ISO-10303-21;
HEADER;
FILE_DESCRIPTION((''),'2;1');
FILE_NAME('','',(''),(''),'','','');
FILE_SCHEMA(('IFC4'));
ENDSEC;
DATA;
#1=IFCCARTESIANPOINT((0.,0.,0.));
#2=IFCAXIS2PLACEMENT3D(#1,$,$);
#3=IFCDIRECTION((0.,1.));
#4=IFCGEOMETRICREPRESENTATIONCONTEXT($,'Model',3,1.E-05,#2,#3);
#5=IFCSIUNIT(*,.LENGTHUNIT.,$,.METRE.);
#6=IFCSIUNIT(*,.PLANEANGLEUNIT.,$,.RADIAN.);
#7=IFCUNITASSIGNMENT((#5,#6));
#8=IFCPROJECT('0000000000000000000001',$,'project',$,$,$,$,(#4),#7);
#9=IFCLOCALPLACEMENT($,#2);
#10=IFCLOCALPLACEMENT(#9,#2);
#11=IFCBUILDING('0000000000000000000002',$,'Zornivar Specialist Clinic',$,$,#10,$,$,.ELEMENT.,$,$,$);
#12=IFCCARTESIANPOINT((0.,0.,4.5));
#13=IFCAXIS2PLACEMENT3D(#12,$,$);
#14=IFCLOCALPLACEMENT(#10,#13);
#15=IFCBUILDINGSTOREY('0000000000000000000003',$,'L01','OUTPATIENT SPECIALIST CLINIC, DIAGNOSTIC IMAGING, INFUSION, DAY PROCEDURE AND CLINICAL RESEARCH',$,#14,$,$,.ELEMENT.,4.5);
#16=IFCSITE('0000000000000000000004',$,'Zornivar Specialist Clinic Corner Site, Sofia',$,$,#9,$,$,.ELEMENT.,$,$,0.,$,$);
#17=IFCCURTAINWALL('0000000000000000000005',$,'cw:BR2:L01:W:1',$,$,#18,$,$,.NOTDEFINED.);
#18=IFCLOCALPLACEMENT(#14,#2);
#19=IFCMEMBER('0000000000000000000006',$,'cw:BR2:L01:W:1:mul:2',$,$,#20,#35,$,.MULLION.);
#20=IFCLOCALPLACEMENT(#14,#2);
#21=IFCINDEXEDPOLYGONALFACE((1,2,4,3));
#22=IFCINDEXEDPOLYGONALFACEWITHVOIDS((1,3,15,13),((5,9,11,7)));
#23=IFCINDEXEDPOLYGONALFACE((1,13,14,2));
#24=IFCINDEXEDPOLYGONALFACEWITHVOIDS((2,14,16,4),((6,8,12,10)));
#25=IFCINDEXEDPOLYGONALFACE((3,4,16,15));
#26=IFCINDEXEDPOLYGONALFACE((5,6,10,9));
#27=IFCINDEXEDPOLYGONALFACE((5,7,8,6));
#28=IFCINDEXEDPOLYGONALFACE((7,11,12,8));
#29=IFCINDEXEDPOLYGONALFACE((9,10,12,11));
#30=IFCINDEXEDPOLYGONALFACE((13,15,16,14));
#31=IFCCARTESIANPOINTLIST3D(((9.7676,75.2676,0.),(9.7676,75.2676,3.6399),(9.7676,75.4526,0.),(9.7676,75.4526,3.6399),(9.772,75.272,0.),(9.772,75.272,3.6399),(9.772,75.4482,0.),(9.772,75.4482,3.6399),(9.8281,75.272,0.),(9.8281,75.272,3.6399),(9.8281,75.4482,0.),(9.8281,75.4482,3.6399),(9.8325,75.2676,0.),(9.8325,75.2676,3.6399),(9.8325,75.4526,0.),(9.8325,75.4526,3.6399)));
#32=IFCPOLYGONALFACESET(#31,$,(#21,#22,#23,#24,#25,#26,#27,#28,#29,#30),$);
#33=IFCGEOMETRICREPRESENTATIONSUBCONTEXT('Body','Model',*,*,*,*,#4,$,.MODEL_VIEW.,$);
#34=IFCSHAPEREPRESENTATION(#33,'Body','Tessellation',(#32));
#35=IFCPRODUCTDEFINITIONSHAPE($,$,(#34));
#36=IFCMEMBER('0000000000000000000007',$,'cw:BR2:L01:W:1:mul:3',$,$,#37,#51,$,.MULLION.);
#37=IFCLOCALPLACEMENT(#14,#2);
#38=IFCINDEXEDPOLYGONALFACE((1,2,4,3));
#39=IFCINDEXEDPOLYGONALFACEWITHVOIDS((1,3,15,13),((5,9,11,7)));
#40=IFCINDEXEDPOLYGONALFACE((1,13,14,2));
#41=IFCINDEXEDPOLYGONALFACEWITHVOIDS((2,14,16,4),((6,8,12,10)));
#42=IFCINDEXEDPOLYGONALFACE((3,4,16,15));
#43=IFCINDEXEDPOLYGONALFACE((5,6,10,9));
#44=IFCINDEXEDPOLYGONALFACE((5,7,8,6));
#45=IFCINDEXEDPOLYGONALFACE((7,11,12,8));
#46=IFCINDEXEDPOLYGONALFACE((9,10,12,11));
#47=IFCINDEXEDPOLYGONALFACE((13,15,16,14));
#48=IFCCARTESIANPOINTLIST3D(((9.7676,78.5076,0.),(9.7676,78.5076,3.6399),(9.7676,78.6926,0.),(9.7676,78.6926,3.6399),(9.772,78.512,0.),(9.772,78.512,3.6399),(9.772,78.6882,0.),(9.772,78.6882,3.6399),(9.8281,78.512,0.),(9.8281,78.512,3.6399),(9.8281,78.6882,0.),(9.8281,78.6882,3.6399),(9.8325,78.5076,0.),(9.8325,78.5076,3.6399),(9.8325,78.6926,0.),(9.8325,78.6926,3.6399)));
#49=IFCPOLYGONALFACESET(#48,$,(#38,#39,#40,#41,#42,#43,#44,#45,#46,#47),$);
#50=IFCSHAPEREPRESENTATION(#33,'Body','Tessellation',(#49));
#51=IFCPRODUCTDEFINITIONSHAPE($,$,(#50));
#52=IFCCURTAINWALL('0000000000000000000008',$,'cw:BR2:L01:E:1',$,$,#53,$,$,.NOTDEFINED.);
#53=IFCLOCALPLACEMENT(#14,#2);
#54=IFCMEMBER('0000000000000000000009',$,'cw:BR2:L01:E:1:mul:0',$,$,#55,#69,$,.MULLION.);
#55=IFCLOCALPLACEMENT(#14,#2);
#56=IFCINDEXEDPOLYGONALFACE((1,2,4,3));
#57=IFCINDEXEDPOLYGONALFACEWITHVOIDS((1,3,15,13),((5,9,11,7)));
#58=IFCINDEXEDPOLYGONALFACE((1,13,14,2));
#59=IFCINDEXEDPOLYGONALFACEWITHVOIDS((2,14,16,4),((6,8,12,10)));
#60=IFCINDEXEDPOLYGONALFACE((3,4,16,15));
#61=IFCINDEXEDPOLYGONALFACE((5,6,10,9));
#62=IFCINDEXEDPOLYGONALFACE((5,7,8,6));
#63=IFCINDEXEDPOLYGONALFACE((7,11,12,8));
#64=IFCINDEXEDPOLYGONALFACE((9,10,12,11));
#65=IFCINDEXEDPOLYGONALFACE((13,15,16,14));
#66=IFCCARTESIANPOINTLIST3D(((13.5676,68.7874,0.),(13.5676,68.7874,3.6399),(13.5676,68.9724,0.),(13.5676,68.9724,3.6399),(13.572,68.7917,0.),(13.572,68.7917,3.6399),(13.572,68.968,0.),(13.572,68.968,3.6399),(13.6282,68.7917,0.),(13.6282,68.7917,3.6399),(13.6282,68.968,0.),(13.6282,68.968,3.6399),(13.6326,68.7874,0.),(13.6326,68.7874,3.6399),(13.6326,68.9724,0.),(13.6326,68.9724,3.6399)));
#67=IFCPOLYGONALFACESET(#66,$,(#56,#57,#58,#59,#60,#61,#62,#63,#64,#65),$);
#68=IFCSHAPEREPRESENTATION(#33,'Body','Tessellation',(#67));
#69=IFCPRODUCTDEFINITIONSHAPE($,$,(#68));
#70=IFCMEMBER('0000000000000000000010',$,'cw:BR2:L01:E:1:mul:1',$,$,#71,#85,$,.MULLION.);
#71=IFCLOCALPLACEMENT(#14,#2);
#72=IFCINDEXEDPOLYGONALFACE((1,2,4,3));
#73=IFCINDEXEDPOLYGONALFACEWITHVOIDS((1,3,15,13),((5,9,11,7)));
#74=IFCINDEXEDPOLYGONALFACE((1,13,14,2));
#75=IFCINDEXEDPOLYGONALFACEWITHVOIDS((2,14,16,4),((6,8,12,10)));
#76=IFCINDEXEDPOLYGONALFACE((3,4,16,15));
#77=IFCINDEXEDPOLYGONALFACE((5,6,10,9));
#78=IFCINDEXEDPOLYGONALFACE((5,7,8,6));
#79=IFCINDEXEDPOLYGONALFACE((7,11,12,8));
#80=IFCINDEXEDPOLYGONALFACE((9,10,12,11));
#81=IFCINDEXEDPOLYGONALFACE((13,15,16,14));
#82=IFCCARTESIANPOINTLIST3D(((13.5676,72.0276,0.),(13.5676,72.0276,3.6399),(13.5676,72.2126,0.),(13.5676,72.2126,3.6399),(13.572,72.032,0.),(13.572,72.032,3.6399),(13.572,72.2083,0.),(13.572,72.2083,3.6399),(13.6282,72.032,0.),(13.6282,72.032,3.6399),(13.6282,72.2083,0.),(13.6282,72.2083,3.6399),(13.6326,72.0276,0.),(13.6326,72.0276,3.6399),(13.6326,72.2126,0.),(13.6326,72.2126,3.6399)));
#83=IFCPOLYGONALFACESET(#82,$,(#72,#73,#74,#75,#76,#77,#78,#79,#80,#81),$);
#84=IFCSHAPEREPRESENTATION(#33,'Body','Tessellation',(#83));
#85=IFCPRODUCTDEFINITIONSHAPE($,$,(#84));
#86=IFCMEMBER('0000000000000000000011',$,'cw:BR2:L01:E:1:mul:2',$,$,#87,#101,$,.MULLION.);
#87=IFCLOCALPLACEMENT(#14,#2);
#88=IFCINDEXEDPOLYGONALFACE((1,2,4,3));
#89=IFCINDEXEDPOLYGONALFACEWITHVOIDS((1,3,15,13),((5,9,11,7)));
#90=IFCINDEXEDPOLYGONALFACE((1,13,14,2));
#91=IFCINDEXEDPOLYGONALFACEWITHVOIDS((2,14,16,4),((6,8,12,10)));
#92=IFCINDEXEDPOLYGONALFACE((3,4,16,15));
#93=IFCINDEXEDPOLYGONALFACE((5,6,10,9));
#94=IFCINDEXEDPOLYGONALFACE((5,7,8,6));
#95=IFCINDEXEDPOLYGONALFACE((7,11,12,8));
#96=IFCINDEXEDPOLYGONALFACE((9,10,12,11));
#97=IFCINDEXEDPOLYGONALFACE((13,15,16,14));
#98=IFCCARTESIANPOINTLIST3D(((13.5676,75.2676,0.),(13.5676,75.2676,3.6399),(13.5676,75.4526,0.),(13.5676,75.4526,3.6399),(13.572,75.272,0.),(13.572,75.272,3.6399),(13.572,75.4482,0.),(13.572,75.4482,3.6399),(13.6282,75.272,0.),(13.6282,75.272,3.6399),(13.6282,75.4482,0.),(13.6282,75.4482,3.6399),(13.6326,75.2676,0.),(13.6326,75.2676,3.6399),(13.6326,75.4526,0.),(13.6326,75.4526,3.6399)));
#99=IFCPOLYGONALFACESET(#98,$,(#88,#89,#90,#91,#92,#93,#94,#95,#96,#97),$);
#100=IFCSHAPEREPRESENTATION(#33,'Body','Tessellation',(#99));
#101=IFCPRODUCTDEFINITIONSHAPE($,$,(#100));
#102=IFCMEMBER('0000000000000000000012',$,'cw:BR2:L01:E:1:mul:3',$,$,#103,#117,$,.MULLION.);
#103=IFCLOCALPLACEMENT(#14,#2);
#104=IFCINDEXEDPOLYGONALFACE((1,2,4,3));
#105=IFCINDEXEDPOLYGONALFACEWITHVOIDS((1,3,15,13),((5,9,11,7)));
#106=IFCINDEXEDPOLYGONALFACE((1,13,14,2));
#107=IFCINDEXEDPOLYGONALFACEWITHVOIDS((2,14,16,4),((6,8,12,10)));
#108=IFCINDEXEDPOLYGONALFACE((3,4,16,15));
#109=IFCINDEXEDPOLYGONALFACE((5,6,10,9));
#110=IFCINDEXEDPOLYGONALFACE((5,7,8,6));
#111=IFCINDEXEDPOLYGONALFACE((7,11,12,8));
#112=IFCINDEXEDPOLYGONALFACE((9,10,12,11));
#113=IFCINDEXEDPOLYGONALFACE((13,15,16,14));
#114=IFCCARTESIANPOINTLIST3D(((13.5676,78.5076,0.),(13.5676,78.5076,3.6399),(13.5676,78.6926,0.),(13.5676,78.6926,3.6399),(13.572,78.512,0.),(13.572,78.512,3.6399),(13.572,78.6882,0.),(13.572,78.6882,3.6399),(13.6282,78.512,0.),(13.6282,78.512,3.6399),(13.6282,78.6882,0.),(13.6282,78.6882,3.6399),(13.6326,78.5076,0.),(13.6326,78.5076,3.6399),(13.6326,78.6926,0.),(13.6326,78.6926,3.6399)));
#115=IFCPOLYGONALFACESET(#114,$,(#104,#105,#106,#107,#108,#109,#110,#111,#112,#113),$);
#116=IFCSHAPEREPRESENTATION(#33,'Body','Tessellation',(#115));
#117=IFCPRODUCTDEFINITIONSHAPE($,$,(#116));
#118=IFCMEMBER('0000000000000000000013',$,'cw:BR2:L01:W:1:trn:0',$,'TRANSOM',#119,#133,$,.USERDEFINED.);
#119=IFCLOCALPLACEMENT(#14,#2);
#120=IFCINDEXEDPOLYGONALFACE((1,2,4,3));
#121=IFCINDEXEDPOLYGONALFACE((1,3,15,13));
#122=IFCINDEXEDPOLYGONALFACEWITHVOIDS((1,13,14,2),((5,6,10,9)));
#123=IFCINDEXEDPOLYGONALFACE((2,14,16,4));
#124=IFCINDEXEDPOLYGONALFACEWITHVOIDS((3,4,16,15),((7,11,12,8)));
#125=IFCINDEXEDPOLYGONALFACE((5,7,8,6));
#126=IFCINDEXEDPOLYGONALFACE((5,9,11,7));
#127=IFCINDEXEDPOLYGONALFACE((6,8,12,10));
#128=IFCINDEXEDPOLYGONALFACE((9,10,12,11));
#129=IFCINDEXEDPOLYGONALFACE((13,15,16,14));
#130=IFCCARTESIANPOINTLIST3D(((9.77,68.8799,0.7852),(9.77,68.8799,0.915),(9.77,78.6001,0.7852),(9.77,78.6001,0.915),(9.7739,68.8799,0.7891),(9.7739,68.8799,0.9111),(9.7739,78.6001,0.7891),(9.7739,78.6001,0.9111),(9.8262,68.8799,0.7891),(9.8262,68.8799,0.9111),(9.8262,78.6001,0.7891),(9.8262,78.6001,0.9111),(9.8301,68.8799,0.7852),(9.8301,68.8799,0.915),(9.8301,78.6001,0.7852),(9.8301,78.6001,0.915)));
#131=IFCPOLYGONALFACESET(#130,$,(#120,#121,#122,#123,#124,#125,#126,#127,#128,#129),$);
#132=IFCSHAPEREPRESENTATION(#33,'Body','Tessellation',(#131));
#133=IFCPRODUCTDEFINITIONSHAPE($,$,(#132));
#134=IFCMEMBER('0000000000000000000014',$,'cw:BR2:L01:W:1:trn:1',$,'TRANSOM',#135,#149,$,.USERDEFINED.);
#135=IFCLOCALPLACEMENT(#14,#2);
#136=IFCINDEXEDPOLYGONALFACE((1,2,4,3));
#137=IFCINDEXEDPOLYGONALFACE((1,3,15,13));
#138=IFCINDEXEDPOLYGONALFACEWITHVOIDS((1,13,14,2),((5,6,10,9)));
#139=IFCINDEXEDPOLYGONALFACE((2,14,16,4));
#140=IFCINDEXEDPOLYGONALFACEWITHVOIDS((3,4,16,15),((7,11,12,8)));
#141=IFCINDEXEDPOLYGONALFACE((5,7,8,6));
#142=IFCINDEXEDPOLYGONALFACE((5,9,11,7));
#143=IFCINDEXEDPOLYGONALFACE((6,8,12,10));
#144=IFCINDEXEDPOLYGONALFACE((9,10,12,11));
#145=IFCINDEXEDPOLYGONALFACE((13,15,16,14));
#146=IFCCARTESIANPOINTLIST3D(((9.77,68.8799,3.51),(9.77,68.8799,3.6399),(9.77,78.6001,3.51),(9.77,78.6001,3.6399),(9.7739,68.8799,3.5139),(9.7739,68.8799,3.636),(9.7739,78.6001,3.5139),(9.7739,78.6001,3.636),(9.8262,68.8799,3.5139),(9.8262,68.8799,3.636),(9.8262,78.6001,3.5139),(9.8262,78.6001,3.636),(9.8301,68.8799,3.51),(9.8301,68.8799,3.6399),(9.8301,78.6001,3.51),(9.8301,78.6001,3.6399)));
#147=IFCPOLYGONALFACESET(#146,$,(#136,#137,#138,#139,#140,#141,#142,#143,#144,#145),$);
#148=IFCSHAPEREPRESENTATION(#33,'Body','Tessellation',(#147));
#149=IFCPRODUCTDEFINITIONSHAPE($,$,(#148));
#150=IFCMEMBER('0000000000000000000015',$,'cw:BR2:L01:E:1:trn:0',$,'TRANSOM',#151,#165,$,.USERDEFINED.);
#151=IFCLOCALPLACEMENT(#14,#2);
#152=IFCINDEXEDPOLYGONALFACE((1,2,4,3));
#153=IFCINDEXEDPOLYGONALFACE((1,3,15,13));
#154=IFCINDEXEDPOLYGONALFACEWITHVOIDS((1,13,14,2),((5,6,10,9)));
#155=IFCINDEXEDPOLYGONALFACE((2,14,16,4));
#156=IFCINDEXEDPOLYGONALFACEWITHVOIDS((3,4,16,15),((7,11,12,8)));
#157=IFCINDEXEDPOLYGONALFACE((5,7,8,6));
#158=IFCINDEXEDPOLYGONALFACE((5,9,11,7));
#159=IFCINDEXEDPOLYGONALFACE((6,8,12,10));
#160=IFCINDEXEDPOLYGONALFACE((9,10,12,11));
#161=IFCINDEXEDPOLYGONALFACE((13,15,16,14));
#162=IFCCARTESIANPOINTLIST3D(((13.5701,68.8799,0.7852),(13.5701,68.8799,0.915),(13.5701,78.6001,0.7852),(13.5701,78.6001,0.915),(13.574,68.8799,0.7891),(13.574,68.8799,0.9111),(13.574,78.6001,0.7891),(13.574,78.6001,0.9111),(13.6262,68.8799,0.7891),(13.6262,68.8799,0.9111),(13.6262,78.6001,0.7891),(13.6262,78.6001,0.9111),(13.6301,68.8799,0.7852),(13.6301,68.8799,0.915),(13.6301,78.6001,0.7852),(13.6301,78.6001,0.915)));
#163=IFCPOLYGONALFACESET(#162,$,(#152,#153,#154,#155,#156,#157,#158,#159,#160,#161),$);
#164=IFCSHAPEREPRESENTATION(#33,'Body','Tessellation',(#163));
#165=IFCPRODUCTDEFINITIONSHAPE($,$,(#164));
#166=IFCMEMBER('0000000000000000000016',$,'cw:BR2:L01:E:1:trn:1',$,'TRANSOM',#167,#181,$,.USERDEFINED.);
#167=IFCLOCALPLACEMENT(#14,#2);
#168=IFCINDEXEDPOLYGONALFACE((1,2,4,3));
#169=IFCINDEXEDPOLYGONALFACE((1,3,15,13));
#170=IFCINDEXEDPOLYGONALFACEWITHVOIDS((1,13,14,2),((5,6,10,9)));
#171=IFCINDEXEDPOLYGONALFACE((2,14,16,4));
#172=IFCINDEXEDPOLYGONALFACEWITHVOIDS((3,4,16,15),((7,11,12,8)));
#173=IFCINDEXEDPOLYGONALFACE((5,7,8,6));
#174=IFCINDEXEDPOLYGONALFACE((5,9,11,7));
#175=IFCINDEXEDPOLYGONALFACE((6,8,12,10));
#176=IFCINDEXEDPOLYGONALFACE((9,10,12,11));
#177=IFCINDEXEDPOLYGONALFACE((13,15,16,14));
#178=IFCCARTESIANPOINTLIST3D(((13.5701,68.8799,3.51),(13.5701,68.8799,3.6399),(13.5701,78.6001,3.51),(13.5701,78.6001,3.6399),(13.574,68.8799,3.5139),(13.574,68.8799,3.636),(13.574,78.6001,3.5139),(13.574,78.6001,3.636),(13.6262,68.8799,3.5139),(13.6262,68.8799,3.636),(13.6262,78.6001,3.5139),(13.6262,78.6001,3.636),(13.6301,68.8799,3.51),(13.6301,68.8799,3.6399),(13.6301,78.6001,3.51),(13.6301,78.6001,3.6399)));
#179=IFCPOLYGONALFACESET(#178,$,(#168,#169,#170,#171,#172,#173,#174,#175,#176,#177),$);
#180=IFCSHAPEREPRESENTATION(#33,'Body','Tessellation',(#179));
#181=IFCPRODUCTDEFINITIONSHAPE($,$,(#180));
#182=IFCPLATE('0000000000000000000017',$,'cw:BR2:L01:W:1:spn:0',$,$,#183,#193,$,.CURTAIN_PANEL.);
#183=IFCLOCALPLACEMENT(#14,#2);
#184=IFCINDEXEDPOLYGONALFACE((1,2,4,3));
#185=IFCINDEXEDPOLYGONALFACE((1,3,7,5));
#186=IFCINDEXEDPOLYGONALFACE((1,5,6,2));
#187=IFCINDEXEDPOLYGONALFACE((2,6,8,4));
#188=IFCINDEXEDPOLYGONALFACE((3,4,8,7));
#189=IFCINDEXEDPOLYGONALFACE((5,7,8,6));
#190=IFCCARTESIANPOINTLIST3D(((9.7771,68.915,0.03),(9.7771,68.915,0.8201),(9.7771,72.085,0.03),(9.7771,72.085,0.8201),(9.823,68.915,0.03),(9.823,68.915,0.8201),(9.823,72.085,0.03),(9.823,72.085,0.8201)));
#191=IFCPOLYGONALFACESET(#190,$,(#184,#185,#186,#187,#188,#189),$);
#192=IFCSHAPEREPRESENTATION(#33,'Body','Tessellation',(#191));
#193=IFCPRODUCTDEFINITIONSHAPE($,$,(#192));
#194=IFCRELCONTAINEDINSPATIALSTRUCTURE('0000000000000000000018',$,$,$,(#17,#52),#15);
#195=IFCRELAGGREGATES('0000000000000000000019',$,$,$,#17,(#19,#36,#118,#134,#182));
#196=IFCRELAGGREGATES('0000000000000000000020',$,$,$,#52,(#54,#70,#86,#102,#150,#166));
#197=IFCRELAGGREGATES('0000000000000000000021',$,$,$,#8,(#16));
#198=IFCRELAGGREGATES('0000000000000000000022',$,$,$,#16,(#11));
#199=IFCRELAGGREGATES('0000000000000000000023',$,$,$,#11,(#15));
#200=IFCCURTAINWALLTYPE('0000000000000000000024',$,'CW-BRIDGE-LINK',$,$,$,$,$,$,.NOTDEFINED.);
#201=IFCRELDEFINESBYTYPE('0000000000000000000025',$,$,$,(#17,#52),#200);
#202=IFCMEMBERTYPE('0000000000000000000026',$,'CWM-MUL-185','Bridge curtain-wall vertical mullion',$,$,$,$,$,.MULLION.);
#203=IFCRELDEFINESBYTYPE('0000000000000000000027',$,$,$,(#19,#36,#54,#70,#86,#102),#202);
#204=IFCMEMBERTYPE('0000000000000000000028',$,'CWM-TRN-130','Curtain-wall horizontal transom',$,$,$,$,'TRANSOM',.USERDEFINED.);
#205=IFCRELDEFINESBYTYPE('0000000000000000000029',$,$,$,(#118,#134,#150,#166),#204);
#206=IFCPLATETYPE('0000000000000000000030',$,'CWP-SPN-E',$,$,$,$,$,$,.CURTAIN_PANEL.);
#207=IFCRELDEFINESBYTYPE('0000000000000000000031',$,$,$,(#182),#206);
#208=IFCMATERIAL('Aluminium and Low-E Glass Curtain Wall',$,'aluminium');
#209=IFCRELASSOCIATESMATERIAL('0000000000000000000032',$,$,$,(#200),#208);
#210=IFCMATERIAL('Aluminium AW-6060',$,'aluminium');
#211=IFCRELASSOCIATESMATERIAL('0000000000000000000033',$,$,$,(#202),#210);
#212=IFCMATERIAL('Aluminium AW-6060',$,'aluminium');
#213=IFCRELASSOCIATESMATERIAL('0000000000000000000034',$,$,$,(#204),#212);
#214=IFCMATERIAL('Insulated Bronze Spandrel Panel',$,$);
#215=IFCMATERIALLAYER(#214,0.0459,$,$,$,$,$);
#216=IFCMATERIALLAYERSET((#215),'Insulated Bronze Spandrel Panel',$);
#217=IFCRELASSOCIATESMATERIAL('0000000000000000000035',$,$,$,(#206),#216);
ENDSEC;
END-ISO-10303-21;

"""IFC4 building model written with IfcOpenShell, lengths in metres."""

from ifc_helpers import new_model, si_unit, direction, frame, origin, origin_2d, place, context, subcontext, project, spatial, rectangle, hollow_rectangle, extrude, material, layer, layer_set, material_profile, profile_set, type_object, element, aggregate, save


model = new_model("IFC4")

# Units and contexts
model_context = context("Model", 3, precision=1e-05, world=origin(), true_north=direction((0.0, 1.0)))
body_context = subcontext(model_context, "Body", "Model", "MODEL_VIEW")
ifc_project = project(units=[si_unit("LENGTHUNIT", "METRE"), si_unit("PLANEANGLEUNIT", "RADIAN")], contexts=[model_context])

# Site, building, storey
site_placement = place(None, origin())
site = spatial("IfcSite", under=ifc_project, at=site_placement, Name="Zornivar Specialist Clinic Corner Site, Sofia", CompositionType="ELEMENT", RefElevation=0.0)
building_placement = place(site_placement, origin())
building = spatial("IfcBuilding", under=site, at=building_placement, Name="Zornivar Specialist Clinic", CompositionType="ELEMENT")
storey_placement = place(building_placement, frame((0.0, 0.0, 4.5)))
storey = spatial("IfcBuildingStorey", under=building, at=storey_placement, Name="L01", Description="OUTPATIENT SPECIALIST CLINIC, DIAGNOSTIC IMAGING, INFUSION, DAY PROCEDURE AND CLINICAL RESEARCH", CompositionType="ELEMENT", Elevation=4.5)

# Curtain walls, members
ifc_material_1 = material(Name="Aluminium and Low-E Glass Curtain Wall", Category="aluminium")
curtain_wall_type = type_object("IfcCurtainWallType", Name="CW-BRIDGE-LINK", PredefinedType="NOTDEFINED", material=ifc_material_1)
curtain_wall_1_placement = place(storey_placement, origin())
curtain_wall_1 = element("IfcCurtainWall", 1, at=curtain_wall_1_placement, inside=storey, type_object=curtain_wall_type, Name="cw:BR2:L01:W:1", PredefinedType="NOTDEFINED")
ifc_material_2 = material(Name="Aluminium AW-6060", Category="aluminium")
ifc_material_profile_1 = material_profile(ifc_material_2, hollow_rectangle(XDim=0.0649, YDim=0.1851, WallThickness=0.0044, at=origin_2d()), Name="ALU 65x185x4.5")
ifc_profile_set_1 = profile_set([ifc_material_profile_1], Name="Aluminium AW-6060")
member_type_1 = type_object("IfcMemberType", Name="CWM-MUL-185", Description="Bridge curtain-wall vertical mullion", PredefinedType="MULLION", material=ifc_profile_set_1)
member_1_placement = place(storey_placement, frame((9.8, 75.3601, 0.0), z_axis=(0.0, 0.0, 1.0), x_axis=(1.0, 0.0, 0.0)))
member_1 = element("IfcMember", 2, at=member_1_placement, type_object=member_type_1, Name="cw:BR2:L01:W:1:mul:2", PredefinedType="MULLION", context=body_context, shape_type="SweptSolid", body=[
    extrude(hollow_rectangle(XDim=0.0649, YDim=0.1851, WallThickness=0.0044, at=origin_2d()), origin(), (0.0, 0.0, 1.0), 3.6399),
])
member_2_placement = place(storey_placement, frame((9.8, 78.6001, 0.0), z_axis=(0.0, 0.0, 1.0), x_axis=(1.0, 0.0, 0.0)))
member_2 = element("IfcMember", 3, at=member_2_placement, type_object=member_type_1, Name="cw:BR2:L01:W:1:mul:3", PredefinedType="MULLION", context=body_context, shape_type="SweptSolid", body=[
    extrude(hollow_rectangle(XDim=0.0649, YDim=0.1851, WallThickness=0.0044, at=origin_2d()), origin(), (0.0, 0.0, 1.0), 3.6399),
])
curtain_wall_2_placement = place(storey_placement, origin())
curtain_wall_2 = element("IfcCurtainWall", 4, at=curtain_wall_2_placement, inside=storey, type_object=curtain_wall_type, Name="cw:BR2:L01:E:1", PredefinedType="NOTDEFINED")
member_3_placement = place(storey_placement, frame((13.6001, 68.8799, 0.0), z_axis=(0.0, 0.0, 1.0), x_axis=(1.0, 0.0, 0.0)))
member_3 = element("IfcMember", 5, at=member_3_placement, type_object=member_type_1, Name="cw:BR2:L01:E:1:mul:0", PredefinedType="MULLION", context=body_context, shape_type="SweptSolid", body=[
    extrude(hollow_rectangle(XDim=0.0649, YDim=0.1851, WallThickness=0.0044, at=origin_2d()), origin(), (0.0, 0.0, 1.0), 3.6399),
])
member_4_placement = place(storey_placement, frame((13.6001, 72.1201, 0.0), z_axis=(0.0, 0.0, 1.0), x_axis=(1.0, 0.0, 0.0)))
member_4 = element("IfcMember", 6, at=member_4_placement, type_object=member_type_1, Name="cw:BR2:L01:E:1:mul:1", PredefinedType="MULLION", context=body_context, shape_type="SweptSolid", body=[
    extrude(hollow_rectangle(XDim=0.0649, YDim=0.1851, WallThickness=0.0044, at=origin_2d()), origin(), (0.0, 0.0, 1.0), 3.6399),
])
member_5_placement = place(storey_placement, frame((13.6001, 75.3601, 0.0), z_axis=(0.0, 0.0, 1.0), x_axis=(1.0, 0.0, 0.0)))
member_5 = element("IfcMember", 7, at=member_5_placement, type_object=member_type_1, Name="cw:BR2:L01:E:1:mul:2", PredefinedType="MULLION", context=body_context, shape_type="SweptSolid", body=[
    extrude(hollow_rectangle(XDim=0.0649, YDim=0.1851, WallThickness=0.0044, at=origin_2d()), origin(), (0.0, 0.0, 1.0), 3.6399),
])
member_6_placement = place(storey_placement, frame((13.6001, 78.6001, 0.0), z_axis=(0.0, 0.0, 1.0), x_axis=(1.0, 0.0, 0.0)))
member_6 = element("IfcMember", 8, at=member_6_placement, type_object=member_type_1, Name="cw:BR2:L01:E:1:mul:3", PredefinedType="MULLION", context=body_context, shape_type="SweptSolid", body=[
    extrude(hollow_rectangle(XDim=0.0649, YDim=0.1851, WallThickness=0.0044, at=origin_2d()), origin(), (0.0, 0.0, 1.0), 3.6399),
])

# Members
ifc_material_3 = material(Name="Aluminium AW-6060", Category="aluminium")
ifc_material_profile_2 = material_profile(ifc_material_3, hollow_rectangle(XDim=0.0601, YDim=0.1299, WallThickness=0.0039, at=origin_2d()), Name="ALU 60x130x4")
ifc_profile_set_2 = profile_set([ifc_material_profile_2], Name="Aluminium AW-6060")
member_type_2 = type_object("IfcMemberType", Name="CWM-TRN-130", Description="Curtain-wall horizontal transom", ElementType="TRANSOM", PredefinedType="USERDEFINED", material=ifc_profile_set_2)
member_7_placement = place(storey_placement, frame((9.8, 68.8799, 0.8501), z_axis=(0.0, 1.0, 0.0), x_axis=(-1.0, 0.0, 0.0)))
member_7 = element("IfcMember", 9, at=member_7_placement, type_object=member_type_2, Name="cw:BR2:L01:W:1:trn:0", ObjectType="TRANSOM", PredefinedType="USERDEFINED", context=body_context, shape_type="SweptSolid", body=[
    extrude(hollow_rectangle(XDim=0.0601, YDim=0.1299, WallThickness=0.0039, at=origin_2d()), origin(), (0.0, 0.0, 1.0), 9.7202),
])
member_8_placement = place(storey_placement, frame((9.8, 68.8799, 3.575), z_axis=(0.0, 1.0, 0.0), x_axis=(-1.0, 0.0, 0.0)))
member_8 = element("IfcMember", 10, at=member_8_placement, type_object=member_type_2, Name="cw:BR2:L01:W:1:trn:1", ObjectType="TRANSOM", PredefinedType="USERDEFINED", context=body_context, shape_type="SweptSolid", body=[
    extrude(hollow_rectangle(XDim=0.0601, YDim=0.1299, WallThickness=0.0039, at=origin_2d()), origin(), (0.0, 0.0, 1.0), 9.7202),
])
member_9_placement = place(storey_placement, frame((13.6001, 68.8799, 0.8501), z_axis=(0.0, 1.0, 0.0), x_axis=(-1.0, 0.0, 0.0)))
member_9 = element("IfcMember", 11, at=member_9_placement, type_object=member_type_2, Name="cw:BR2:L01:E:1:trn:0", ObjectType="TRANSOM", PredefinedType="USERDEFINED", context=body_context, shape_type="SweptSolid", body=[
    extrude(hollow_rectangle(XDim=0.0601, YDim=0.1299, WallThickness=0.0039, at=origin_2d()), origin(), (0.0, 0.0, 1.0), 9.7202),
])
member_10_placement = place(storey_placement, frame((13.6001, 68.8799, 3.575), z_axis=(0.0, 1.0, 0.0), x_axis=(-1.0, 0.0, 0.0)))
member_10 = element("IfcMember", 12, at=member_10_placement, type_object=member_type_2, Name="cw:BR2:L01:E:1:trn:1", ObjectType="TRANSOM", PredefinedType="USERDEFINED", context=body_context, shape_type="SweptSolid", body=[
    extrude(hollow_rectangle(XDim=0.0601, YDim=0.1299, WallThickness=0.0039, at=origin_2d()), origin(), (0.0, 0.0, 1.0), 9.7202),
])

# Plate
ifc_material_4 = material(Name="Insulated Bronze Spandrel Panel")
ifc_layer_1 = layer(ifc_material_4, 0.0459)
ifc_layer_set_1 = layer_set([ifc_layer_1], Name="Insulated Bronze Spandrel Panel")
plate_type_1 = type_object("IfcPlateType", Name="CWP-SPN-E", PredefinedType="CURTAIN_PANEL", material=ifc_layer_set_1)
plate_1_placement = place(storey_placement, frame((9.8, 70.5, 0.03), z_axis=(0.0, 0.0, 1.0), x_axis=(0.0, 1.0, 0.0)))
plate_1 = element("IfcPlate", 13, at=plate_1_placement, type_object=plate_type_1, Name="cw:BR2:L01:W:1:spn:0", PredefinedType="CURTAIN_PANEL", context=body_context, shape_type="SweptSolid", body=[
    extrude(rectangle(XDim=3.1699, YDim=0.0459, at=origin_2d()), origin(), (0.0, 0.0, 1.0), 0.79),
])
aggregate(curtain_wall_1, [member_1, member_2, member_7, member_8, plate_1])
aggregate(curtain_wall_2, [member_3, member_4, member_5, member_6, member_9, member_10])

save(model, "model.ifc")
